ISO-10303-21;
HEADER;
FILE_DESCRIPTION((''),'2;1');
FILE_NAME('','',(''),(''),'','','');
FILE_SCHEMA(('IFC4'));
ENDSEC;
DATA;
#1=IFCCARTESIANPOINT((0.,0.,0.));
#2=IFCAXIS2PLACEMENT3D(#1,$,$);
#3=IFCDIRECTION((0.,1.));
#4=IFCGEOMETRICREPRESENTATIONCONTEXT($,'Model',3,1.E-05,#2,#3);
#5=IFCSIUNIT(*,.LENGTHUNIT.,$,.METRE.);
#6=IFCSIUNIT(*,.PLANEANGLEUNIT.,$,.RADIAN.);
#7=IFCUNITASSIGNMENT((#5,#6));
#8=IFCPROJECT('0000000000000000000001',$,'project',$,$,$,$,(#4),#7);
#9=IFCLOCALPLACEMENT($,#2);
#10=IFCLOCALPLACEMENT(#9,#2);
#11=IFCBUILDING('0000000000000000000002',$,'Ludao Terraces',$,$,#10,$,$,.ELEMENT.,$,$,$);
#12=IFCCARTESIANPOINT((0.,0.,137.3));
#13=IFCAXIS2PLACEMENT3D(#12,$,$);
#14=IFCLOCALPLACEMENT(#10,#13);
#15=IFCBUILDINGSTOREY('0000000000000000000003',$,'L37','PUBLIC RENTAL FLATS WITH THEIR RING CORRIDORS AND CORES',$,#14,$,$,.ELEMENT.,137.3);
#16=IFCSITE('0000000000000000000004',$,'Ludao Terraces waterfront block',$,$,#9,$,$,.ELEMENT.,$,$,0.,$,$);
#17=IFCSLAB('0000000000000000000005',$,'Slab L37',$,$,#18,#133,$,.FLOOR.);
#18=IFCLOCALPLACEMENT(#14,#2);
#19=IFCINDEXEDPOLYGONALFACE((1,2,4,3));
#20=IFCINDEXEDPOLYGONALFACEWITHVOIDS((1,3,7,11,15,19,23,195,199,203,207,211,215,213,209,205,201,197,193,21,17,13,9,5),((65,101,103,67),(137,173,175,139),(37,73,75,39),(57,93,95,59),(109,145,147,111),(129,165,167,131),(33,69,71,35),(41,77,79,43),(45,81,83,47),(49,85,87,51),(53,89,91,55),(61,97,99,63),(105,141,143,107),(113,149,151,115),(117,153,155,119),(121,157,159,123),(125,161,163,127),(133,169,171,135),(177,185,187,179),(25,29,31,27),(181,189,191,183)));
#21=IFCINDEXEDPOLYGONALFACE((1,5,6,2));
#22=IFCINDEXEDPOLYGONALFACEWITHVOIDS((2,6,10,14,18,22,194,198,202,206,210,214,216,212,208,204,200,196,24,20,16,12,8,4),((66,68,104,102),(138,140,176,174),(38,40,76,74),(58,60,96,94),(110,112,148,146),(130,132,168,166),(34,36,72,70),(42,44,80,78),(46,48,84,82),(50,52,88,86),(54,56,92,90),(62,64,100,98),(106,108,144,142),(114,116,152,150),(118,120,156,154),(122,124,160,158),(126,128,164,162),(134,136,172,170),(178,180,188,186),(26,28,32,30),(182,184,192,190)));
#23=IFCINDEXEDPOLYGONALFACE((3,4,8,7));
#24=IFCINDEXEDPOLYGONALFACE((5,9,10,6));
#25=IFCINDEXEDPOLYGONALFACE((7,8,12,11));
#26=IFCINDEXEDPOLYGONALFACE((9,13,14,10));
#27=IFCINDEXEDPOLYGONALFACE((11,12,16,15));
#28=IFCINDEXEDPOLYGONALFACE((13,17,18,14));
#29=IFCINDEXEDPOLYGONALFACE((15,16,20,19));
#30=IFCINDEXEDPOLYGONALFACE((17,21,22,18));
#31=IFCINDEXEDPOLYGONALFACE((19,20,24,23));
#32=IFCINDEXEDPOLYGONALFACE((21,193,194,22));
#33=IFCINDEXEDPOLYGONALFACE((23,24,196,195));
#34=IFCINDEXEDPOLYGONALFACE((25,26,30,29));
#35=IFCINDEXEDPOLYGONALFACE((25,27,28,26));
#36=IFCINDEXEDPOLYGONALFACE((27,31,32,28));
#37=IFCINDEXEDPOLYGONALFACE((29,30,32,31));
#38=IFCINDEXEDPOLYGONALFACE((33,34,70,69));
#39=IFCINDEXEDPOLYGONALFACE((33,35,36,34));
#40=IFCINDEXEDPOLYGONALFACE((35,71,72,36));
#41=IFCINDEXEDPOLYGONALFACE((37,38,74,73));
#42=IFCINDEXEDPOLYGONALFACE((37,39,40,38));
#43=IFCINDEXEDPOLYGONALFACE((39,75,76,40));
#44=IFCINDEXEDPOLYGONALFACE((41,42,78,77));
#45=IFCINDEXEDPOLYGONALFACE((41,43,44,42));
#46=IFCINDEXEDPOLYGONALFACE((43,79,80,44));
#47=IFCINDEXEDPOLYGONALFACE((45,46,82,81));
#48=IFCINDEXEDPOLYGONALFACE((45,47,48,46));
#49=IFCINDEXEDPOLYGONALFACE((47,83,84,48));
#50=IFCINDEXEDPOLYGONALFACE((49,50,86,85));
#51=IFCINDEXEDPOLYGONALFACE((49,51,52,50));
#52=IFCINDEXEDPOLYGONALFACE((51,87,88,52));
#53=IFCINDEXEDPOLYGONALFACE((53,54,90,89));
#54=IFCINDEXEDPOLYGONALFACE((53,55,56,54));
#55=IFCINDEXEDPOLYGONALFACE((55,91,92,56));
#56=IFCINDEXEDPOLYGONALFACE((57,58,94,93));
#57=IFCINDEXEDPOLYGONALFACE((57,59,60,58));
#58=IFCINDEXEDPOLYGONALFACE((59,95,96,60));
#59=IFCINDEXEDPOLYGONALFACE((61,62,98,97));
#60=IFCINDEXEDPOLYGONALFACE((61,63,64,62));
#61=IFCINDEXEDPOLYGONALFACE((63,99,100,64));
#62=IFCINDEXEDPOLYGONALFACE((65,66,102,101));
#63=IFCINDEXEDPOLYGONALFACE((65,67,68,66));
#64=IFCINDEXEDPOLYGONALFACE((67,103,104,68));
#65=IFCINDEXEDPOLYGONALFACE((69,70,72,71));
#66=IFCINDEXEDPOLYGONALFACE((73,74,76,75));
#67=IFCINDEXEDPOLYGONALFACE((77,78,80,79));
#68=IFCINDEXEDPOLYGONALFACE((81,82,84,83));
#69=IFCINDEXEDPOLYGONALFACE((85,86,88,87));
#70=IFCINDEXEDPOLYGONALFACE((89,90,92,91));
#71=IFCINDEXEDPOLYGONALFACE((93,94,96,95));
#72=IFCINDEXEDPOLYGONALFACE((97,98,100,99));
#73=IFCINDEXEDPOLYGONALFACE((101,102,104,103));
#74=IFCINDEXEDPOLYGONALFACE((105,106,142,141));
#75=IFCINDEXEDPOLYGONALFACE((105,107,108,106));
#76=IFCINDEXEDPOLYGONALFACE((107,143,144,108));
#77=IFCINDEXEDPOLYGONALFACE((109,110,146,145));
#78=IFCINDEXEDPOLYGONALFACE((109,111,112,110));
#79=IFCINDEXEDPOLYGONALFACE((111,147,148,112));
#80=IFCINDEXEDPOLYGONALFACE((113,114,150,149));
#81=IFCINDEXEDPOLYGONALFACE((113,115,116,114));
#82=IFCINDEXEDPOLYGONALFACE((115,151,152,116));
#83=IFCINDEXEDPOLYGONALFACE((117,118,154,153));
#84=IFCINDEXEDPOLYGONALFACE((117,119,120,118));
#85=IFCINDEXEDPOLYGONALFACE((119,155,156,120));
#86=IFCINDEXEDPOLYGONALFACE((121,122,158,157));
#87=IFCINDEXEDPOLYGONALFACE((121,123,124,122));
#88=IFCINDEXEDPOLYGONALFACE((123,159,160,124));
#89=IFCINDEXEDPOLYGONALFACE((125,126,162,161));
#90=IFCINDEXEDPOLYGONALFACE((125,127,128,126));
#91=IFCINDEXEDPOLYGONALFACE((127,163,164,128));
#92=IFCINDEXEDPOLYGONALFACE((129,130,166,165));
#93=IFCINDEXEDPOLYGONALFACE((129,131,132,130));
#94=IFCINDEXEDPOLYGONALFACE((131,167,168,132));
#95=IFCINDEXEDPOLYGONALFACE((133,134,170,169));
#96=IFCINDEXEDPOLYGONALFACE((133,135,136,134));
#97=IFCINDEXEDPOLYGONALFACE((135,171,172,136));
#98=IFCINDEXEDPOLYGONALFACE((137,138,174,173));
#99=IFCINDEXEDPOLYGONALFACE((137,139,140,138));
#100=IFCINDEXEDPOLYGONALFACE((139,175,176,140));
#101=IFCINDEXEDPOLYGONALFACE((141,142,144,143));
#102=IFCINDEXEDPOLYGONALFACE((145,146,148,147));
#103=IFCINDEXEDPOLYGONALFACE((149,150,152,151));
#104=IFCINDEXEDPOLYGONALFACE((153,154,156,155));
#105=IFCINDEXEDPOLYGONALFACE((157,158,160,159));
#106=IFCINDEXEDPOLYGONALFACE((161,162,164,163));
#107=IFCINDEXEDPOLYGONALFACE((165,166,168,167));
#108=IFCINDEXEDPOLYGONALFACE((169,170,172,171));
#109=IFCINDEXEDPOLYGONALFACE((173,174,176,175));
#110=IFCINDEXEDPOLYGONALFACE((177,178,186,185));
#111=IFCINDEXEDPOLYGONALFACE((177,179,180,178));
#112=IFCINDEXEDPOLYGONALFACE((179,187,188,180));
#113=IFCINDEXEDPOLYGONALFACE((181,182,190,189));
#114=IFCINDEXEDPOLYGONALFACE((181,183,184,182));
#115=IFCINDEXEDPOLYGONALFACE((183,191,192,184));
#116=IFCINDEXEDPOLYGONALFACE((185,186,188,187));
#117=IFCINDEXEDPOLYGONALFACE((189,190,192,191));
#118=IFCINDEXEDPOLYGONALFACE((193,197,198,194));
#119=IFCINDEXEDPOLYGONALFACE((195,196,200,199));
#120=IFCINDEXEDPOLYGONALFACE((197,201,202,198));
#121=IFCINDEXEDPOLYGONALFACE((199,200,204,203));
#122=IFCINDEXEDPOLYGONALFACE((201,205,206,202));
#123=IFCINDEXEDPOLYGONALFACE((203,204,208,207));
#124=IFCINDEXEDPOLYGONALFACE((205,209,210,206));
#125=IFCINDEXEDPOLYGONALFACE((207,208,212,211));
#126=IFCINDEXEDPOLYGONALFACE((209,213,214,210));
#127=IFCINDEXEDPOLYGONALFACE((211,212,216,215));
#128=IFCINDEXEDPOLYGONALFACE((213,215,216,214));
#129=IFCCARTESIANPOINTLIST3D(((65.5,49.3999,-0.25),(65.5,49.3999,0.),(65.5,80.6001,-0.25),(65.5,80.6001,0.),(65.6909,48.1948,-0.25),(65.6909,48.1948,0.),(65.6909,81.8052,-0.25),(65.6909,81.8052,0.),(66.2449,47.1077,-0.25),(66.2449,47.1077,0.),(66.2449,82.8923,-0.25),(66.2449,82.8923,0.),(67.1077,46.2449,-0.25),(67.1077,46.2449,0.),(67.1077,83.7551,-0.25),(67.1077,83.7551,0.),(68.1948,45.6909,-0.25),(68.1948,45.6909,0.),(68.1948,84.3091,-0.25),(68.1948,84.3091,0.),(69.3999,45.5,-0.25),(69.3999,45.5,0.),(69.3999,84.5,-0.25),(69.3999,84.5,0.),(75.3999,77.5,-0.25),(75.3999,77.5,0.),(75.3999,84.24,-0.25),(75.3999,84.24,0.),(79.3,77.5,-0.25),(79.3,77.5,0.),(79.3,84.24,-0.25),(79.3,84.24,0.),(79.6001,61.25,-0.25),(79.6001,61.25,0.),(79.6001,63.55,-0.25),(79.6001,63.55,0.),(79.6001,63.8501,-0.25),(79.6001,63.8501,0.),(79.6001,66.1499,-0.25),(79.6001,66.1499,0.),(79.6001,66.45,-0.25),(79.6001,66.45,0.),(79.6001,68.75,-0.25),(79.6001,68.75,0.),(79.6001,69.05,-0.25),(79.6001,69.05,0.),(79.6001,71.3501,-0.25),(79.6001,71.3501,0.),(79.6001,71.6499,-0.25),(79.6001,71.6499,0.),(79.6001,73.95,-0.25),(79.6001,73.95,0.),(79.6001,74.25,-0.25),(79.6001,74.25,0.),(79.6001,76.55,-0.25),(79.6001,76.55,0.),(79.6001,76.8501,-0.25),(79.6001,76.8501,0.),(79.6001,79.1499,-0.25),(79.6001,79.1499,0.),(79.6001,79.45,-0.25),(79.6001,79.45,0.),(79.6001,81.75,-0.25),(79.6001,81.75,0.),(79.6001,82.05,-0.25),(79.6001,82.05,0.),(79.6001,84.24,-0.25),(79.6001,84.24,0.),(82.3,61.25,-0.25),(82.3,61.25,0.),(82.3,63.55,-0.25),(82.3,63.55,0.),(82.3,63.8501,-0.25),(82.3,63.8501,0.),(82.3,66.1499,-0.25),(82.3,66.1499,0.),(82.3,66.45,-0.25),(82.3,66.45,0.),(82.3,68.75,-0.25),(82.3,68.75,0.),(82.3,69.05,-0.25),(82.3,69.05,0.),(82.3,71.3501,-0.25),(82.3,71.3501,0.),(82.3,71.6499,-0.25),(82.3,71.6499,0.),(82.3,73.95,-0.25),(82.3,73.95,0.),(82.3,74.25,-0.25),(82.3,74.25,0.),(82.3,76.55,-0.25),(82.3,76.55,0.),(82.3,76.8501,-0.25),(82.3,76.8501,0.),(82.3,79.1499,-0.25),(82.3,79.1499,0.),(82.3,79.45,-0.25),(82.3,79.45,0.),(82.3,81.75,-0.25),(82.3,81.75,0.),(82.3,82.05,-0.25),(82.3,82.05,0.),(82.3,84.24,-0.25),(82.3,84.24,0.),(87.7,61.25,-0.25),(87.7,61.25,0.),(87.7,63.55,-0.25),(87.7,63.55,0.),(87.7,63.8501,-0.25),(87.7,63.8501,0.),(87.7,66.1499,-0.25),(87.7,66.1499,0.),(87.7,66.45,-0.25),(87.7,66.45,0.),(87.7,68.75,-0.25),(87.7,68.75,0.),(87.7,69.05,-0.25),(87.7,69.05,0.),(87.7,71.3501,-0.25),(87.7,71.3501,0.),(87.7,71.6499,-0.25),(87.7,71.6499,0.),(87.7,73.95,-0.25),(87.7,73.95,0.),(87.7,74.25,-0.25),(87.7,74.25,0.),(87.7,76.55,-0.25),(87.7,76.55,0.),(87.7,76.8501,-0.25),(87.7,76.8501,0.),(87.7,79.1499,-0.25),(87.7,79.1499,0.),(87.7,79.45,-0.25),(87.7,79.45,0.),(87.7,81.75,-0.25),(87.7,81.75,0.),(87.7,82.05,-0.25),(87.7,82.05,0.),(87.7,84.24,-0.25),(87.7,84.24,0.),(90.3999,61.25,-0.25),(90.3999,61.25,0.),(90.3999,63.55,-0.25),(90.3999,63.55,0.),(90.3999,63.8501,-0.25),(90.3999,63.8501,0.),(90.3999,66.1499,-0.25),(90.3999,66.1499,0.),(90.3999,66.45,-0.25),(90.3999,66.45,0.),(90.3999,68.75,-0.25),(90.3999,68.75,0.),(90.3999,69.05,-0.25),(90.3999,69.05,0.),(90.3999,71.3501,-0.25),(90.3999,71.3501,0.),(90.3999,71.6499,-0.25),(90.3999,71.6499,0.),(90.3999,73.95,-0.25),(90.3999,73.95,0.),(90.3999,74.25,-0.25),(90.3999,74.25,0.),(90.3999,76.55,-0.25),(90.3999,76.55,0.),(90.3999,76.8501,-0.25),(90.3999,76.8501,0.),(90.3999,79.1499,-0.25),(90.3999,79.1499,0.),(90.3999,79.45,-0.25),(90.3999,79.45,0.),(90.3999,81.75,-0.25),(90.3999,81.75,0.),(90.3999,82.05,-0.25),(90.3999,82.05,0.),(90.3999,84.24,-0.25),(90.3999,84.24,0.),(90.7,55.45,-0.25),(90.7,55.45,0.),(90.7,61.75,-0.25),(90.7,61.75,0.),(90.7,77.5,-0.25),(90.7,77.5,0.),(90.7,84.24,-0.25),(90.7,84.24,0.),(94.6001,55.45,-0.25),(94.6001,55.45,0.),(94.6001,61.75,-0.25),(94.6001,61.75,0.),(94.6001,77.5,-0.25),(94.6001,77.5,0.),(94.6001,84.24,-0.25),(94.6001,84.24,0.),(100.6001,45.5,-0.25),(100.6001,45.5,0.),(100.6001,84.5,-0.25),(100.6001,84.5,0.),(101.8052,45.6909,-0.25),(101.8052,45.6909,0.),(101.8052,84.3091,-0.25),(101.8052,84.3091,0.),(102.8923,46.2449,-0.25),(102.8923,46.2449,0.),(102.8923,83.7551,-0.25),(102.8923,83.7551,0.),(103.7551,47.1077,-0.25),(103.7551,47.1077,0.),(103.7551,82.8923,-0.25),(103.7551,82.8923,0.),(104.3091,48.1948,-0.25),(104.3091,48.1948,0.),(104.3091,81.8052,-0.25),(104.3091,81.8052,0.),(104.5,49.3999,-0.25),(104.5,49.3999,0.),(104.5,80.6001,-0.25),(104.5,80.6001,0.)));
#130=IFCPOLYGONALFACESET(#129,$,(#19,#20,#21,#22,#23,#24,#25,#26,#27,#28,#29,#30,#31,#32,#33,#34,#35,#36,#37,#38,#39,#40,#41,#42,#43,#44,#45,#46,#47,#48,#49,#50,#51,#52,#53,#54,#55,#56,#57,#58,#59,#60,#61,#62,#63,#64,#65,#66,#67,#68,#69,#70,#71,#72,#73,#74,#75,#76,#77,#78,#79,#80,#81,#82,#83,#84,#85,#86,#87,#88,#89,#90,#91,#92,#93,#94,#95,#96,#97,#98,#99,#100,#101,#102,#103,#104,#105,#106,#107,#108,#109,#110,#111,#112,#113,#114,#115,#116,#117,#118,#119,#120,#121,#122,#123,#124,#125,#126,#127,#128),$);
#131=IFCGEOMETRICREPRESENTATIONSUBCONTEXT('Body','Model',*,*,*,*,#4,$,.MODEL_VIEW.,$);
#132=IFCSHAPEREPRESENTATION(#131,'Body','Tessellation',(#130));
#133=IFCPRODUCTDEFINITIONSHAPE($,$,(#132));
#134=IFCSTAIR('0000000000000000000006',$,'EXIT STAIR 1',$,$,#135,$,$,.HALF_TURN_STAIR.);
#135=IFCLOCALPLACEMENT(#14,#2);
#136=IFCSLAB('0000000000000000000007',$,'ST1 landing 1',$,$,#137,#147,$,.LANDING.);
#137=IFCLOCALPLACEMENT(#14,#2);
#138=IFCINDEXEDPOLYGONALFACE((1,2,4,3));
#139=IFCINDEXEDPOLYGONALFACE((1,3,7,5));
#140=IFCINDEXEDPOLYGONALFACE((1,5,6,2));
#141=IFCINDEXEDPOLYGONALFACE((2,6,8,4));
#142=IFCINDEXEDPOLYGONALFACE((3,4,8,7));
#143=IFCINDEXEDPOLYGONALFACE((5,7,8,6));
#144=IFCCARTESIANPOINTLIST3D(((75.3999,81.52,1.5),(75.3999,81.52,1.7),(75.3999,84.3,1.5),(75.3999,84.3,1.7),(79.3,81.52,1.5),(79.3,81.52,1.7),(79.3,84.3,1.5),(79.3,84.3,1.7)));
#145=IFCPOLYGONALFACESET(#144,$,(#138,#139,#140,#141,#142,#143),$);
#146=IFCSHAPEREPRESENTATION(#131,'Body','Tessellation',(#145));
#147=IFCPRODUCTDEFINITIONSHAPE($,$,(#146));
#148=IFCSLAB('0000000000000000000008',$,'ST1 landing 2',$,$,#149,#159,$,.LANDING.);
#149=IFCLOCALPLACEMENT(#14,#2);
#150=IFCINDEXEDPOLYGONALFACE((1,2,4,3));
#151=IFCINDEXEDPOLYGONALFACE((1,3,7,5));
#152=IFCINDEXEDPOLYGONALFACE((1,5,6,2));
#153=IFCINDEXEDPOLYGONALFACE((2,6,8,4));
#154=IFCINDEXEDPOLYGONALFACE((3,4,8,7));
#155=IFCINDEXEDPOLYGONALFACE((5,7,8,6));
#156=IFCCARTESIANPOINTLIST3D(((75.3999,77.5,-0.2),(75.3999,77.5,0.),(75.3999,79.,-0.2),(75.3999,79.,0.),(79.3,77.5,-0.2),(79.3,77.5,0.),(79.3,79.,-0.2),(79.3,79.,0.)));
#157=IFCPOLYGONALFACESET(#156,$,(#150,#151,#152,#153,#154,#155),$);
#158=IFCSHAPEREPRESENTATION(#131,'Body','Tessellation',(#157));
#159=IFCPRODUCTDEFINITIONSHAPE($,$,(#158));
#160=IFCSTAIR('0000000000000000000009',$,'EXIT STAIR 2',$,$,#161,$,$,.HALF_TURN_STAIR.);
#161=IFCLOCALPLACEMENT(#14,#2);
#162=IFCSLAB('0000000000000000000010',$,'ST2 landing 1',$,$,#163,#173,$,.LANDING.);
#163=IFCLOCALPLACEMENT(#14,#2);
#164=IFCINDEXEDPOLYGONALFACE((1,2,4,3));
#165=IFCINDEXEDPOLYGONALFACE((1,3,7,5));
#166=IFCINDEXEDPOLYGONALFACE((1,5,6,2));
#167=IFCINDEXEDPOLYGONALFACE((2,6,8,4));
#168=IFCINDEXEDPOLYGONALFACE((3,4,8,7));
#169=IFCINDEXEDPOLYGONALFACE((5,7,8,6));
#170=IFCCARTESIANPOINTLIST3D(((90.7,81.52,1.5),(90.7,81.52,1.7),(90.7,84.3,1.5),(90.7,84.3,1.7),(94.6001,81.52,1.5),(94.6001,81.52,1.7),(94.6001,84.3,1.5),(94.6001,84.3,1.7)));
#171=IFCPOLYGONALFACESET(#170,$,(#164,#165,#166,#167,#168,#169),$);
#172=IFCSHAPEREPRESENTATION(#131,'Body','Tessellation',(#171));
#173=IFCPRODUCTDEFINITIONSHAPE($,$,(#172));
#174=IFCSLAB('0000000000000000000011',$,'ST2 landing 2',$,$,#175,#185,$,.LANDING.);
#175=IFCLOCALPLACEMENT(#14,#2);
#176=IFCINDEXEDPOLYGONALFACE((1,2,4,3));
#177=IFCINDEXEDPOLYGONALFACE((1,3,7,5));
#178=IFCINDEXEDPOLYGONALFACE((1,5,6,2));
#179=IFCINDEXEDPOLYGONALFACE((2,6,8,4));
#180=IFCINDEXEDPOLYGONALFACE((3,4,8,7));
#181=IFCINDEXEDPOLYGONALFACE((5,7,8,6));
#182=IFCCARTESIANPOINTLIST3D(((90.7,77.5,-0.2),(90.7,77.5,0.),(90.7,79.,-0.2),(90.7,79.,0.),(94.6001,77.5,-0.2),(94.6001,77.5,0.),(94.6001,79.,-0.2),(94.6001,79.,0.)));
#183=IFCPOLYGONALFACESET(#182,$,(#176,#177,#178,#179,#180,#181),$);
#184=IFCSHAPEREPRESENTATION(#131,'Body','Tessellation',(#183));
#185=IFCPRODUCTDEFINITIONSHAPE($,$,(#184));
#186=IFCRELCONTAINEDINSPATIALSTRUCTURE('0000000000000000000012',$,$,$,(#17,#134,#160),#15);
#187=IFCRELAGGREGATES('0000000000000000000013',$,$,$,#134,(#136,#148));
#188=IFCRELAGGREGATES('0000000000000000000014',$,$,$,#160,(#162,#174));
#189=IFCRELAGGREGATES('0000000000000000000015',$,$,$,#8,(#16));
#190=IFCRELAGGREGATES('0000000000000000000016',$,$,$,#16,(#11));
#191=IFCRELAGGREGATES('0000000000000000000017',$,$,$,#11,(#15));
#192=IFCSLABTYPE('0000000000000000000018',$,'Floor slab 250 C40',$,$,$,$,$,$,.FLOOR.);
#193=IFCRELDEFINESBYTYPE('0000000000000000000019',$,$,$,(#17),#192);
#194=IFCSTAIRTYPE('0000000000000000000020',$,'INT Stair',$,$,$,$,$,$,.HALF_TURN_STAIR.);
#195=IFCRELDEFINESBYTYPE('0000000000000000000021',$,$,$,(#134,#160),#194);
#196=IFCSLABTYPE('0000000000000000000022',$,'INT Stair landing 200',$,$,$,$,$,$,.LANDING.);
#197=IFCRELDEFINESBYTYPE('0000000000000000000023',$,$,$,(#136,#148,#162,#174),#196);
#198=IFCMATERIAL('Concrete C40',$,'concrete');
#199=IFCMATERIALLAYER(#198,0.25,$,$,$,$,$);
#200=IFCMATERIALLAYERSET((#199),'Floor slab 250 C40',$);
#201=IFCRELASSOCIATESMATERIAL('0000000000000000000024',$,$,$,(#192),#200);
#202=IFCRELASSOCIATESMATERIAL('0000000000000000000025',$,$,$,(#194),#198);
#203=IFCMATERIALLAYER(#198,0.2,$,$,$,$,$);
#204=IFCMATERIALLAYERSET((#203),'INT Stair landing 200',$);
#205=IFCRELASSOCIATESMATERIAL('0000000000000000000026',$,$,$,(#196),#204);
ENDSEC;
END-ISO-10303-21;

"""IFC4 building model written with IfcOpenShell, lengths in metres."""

from ifc_helpers import new_model, si_unit, direction, frame, origin, place, context, subcontext, project, spatial, polyline, outline, extrude, material, layer, layer_set, type_object, element, aggregate, save


model = new_model("IFC4")

# Units and contexts
model_context = context("Model", 3, precision=1e-05, world=origin(), true_north=direction((0.0, 1.0)))
body_context = subcontext(model_context, "Body", "Model", "MODEL_VIEW")
ifc_project = project(units=[si_unit("LENGTHUNIT", "METRE"), si_unit("PLANEANGLEUNIT", "RADIAN")], contexts=[model_context])

# Site, building, storey
site_placement = place(None, origin())
site = spatial("IfcSite", under=ifc_project, at=site_placement, Name="Ludao Terraces waterfront block", CompositionType="ELEMENT", RefElevation=0.0)
building_placement = place(site_placement, origin())
building = spatial("IfcBuilding", under=site, at=building_placement, Name="Ludao Terraces", CompositionType="ELEMENT")
storey_placement = place(building_placement, frame((0.0, 0.0, 137.3)))
storey = spatial("IfcBuildingStorey", under=building, at=storey_placement, Name="L37", Description="PUBLIC RENTAL FLATS WITH THEIR RING CORRIDORS AND CORES", CompositionType="ELEMENT", Elevation=137.3)

# Shared definitions
ifc_material_1 = material(Name="Concrete C40", Category="concrete")

# Slab
ifc_layer_1 = layer(ifc_material_1, 0.25)
ifc_layer_set_1 = layer_set([ifc_layer_1], Name="Floor slab 250 C40")
slab_type_1 = type_object("IfcSlabType", Name="Floor slab 250 C40", PredefinedType="FLOOR", material=ifc_layer_set_1)
slab_1_placement = place(storey_placement, frame((0.0, 0.0, -0.25)))
element("IfcSlab", 1, at=slab_1_placement, inside=storey, type_object=slab_type_1, Name="Slab L37", PredefinedType="FLOOR", context=body_context, shape_type="SweptSolid", body=[
    extrude(outline(polyline([(100.6001, 45.5), (101.8052, 45.6909), (102.8923, 46.2449), (103.7551, 47.1077), (104.3091, 48.1948), (104.5, 49.3999), (104.5, 80.6001), (104.3091, 81.8052), (103.7551, 82.8923), (102.8923, 83.7551), (101.8052, 84.3091), (100.6001, 84.5), (69.3999, 84.5), (68.1948, 84.3091), (67.1077, 83.7551), (66.2449, 82.8923), (65.6909, 81.8052), (65.5, 80.6001), (65.5, 49.3999), (65.6909, 48.1948), (66.2449, 47.1077), (67.1077, 46.2449), (68.1948, 45.6909), (69.3999, 45.5), (100.6001, 45.5)]), holes=[polyline([(79.6001, 61.25), (82.3, 61.25), (82.3, 63.55), (79.6001, 63.55), (79.6001, 61.25)]), polyline([(79.6001, 63.8501), (82.3, 63.8501), (82.3, 66.1499), (79.6001, 66.1499), (79.6001, 63.8501)]), polyline([(79.6001, 66.45), (82.3, 66.45), (82.3, 68.75), (79.6001, 68.75), (79.6001, 66.45)]), polyline([(79.6001, 69.05), (82.3, 69.05), (82.3, 71.3501), (79.6001, 71.3501), (79.6001, 69.05)]), polyline([(79.6001, 71.6499), (82.3, 71.6499), (82.3, 73.95), (79.6001, 73.95), (79.6001, 71.6499)]), polyline([(79.6001, 74.25), (82.3, 74.25), (82.3, 76.55), (79.6001, 76.55), (79.6001, 74.25)]), polyline([(79.6001, 76.8501), (82.3, 76.8501), (82.3, 79.1499), (79.6001, 79.1499), (79.6001, 76.8501)]), polyline([(79.6001, 79.45), (82.3, 79.45), (82.3, 81.75), (79.6001, 81.75), (79.6001, 79.45)]), polyline([(79.6001, 82.05), (82.3, 82.05), (82.3, 84.24), (79.6001, 84.24), (79.6001, 82.05)]), polyline([(87.7, 61.25), (90.3999, 61.25), (90.3999, 63.55), (87.7, 63.55), (87.7, 61.25)]), polyline([(87.7, 63.8501), (90.3999, 63.8501), (90.3999, 66.1499), (87.7, 66.1499), (87.7, 63.8501)]), polyline([(87.7, 66.45), (90.3999, 66.45), (90.3999, 68.75), (87.7, 68.75), (87.7, 66.45)]), polyline([(87.7, 69.05), (90.3999, 69.05), (90.3999, 71.3501), (87.7, 71.3501), (87.7, 69.05)]), polyline([(87.7, 71.6499), (90.3999, 71.6499), (90.3999, 73.95), (87.7, 73.95), (87.7, 71.6499)]), polyline([(87.7, 74.25), (90.3999, 74.25), (90.3999, 76.55), (87.7, 76.55), (87.7, 74.25)]), polyline([(87.7, 76.8501), (90.3999, 76.8501), (90.3999, 79.1499), (87.7, 79.1499), (87.7, 76.8501)]), polyline([(87.7, 79.45), (90.3999, 79.45), (90.3999, 81.75), (87.7, 81.75), (87.7, 79.45)]), polyline([(87.7, 82.05), (90.3999, 82.05), (90.3999, 84.24), (87.7, 84.24), (87.7, 82.05)]), polyline([(75.3999, 77.5), (79.3, 77.5), (79.3, 84.24), (75.3999, 84.24), (75.3999, 77.5)]), polyline([(90.7, 77.5), (94.6001, 77.5), (94.6001, 84.24), (90.7, 84.24), (90.7, 77.5)]), polyline([(90.7, 55.45), (94.6001, 55.45), (94.6001, 61.75), (90.7, 61.75), (90.7, 55.45)])]), origin(), (0.0, 0.0, 1.0), 0.25),
])

# Stairs, slabs
stair_type = type_object("IfcStairType", Name="INT Stair", PredefinedType="HALF_TURN_STAIR", material=ifc_material_1)
stair_1_placement = place(storey_placement, origin())
stair_1 = element("IfcStair", 2, at=stair_1_placement, inside=storey, type_object=stair_type, Name="EXIT STAIR 1", PredefinedType="HALF_TURN_STAIR")
ifc_layer_2 = layer(ifc_material_1, 0.2)
ifc_layer_set_2 = layer_set([ifc_layer_2], Name="INT Stair landing 200")
slab_type_2 = type_object("IfcSlabType", Name="INT Stair landing 200", PredefinedType="LANDING", material=ifc_layer_set_2)
slab_2_placement = place(storey_placement, frame((0.0, 0.0, 1.5)))
slab_2 = element("IfcSlab", 3, at=slab_2_placement, type_object=slab_type_2, Name="ST1 landing 1", PredefinedType="LANDING", context=body_context, shape_type="SweptSolid", body=[
    extrude(outline(polyline([(75.3999, 81.52), (79.3, 81.52), (79.3, 84.3), (75.3999, 84.3), (75.3999, 81.52)])), origin(), (0.0, 0.0, 1.0), 0.2),
])
slab_3_placement = place(storey_placement, frame((0.0, 0.0, -0.2)))
slab_3 = element("IfcSlab", 4, at=slab_3_placement, type_object=slab_type_2, Name="ST1 landing 2", PredefinedType="LANDING", context=body_context, shape_type="SweptSolid", body=[
    extrude(outline(polyline([(75.3999, 77.5), (79.3, 77.5), (79.3, 79.0), (75.3999, 79.0), (75.3999, 77.5)])), origin(), (0.0, 0.0, 1.0), 0.2),
])
aggregate(stair_1, [slab_2, slab_3])
stair_2_placement = place(storey_placement, origin())
stair_2 = element("IfcStair", 5, at=stair_2_placement, inside=storey, type_object=stair_type, Name="EXIT STAIR 2", PredefinedType="HALF_TURN_STAIR")
slab_4_placement = place(storey_placement, frame((0.0, 0.0, 1.5)))
slab_4 = element("IfcSlab", 6, at=slab_4_placement, type_object=slab_type_2, Name="ST2 landing 1", PredefinedType="LANDING", context=body_context, shape_type="SweptSolid", body=[
    extrude(outline(polyline([(90.7, 81.52), (94.6001, 81.52), (94.6001, 84.3), (90.7, 84.3), (90.7, 81.52)])), origin(), (0.0, 0.0, 1.0), 0.2),
])
slab_5_placement = place(storey_placement, frame((0.0, 0.0, -0.2)))
slab_5 = element("IfcSlab", 7, at=slab_5_placement, type_object=slab_type_2, Name="ST2 landing 2", PredefinedType="LANDING", context=body_context, shape_type="SweptSolid", body=[
    extrude(outline(polyline([(90.7, 77.5), (94.6001, 77.5), (94.6001, 79.0), (90.7, 79.0), (90.7, 77.5)])), origin(), (0.0, 0.0, 1.0), 0.2),
])
aggregate(stair_2, [slab_4, slab_5])

save(model, "model.ifc")
